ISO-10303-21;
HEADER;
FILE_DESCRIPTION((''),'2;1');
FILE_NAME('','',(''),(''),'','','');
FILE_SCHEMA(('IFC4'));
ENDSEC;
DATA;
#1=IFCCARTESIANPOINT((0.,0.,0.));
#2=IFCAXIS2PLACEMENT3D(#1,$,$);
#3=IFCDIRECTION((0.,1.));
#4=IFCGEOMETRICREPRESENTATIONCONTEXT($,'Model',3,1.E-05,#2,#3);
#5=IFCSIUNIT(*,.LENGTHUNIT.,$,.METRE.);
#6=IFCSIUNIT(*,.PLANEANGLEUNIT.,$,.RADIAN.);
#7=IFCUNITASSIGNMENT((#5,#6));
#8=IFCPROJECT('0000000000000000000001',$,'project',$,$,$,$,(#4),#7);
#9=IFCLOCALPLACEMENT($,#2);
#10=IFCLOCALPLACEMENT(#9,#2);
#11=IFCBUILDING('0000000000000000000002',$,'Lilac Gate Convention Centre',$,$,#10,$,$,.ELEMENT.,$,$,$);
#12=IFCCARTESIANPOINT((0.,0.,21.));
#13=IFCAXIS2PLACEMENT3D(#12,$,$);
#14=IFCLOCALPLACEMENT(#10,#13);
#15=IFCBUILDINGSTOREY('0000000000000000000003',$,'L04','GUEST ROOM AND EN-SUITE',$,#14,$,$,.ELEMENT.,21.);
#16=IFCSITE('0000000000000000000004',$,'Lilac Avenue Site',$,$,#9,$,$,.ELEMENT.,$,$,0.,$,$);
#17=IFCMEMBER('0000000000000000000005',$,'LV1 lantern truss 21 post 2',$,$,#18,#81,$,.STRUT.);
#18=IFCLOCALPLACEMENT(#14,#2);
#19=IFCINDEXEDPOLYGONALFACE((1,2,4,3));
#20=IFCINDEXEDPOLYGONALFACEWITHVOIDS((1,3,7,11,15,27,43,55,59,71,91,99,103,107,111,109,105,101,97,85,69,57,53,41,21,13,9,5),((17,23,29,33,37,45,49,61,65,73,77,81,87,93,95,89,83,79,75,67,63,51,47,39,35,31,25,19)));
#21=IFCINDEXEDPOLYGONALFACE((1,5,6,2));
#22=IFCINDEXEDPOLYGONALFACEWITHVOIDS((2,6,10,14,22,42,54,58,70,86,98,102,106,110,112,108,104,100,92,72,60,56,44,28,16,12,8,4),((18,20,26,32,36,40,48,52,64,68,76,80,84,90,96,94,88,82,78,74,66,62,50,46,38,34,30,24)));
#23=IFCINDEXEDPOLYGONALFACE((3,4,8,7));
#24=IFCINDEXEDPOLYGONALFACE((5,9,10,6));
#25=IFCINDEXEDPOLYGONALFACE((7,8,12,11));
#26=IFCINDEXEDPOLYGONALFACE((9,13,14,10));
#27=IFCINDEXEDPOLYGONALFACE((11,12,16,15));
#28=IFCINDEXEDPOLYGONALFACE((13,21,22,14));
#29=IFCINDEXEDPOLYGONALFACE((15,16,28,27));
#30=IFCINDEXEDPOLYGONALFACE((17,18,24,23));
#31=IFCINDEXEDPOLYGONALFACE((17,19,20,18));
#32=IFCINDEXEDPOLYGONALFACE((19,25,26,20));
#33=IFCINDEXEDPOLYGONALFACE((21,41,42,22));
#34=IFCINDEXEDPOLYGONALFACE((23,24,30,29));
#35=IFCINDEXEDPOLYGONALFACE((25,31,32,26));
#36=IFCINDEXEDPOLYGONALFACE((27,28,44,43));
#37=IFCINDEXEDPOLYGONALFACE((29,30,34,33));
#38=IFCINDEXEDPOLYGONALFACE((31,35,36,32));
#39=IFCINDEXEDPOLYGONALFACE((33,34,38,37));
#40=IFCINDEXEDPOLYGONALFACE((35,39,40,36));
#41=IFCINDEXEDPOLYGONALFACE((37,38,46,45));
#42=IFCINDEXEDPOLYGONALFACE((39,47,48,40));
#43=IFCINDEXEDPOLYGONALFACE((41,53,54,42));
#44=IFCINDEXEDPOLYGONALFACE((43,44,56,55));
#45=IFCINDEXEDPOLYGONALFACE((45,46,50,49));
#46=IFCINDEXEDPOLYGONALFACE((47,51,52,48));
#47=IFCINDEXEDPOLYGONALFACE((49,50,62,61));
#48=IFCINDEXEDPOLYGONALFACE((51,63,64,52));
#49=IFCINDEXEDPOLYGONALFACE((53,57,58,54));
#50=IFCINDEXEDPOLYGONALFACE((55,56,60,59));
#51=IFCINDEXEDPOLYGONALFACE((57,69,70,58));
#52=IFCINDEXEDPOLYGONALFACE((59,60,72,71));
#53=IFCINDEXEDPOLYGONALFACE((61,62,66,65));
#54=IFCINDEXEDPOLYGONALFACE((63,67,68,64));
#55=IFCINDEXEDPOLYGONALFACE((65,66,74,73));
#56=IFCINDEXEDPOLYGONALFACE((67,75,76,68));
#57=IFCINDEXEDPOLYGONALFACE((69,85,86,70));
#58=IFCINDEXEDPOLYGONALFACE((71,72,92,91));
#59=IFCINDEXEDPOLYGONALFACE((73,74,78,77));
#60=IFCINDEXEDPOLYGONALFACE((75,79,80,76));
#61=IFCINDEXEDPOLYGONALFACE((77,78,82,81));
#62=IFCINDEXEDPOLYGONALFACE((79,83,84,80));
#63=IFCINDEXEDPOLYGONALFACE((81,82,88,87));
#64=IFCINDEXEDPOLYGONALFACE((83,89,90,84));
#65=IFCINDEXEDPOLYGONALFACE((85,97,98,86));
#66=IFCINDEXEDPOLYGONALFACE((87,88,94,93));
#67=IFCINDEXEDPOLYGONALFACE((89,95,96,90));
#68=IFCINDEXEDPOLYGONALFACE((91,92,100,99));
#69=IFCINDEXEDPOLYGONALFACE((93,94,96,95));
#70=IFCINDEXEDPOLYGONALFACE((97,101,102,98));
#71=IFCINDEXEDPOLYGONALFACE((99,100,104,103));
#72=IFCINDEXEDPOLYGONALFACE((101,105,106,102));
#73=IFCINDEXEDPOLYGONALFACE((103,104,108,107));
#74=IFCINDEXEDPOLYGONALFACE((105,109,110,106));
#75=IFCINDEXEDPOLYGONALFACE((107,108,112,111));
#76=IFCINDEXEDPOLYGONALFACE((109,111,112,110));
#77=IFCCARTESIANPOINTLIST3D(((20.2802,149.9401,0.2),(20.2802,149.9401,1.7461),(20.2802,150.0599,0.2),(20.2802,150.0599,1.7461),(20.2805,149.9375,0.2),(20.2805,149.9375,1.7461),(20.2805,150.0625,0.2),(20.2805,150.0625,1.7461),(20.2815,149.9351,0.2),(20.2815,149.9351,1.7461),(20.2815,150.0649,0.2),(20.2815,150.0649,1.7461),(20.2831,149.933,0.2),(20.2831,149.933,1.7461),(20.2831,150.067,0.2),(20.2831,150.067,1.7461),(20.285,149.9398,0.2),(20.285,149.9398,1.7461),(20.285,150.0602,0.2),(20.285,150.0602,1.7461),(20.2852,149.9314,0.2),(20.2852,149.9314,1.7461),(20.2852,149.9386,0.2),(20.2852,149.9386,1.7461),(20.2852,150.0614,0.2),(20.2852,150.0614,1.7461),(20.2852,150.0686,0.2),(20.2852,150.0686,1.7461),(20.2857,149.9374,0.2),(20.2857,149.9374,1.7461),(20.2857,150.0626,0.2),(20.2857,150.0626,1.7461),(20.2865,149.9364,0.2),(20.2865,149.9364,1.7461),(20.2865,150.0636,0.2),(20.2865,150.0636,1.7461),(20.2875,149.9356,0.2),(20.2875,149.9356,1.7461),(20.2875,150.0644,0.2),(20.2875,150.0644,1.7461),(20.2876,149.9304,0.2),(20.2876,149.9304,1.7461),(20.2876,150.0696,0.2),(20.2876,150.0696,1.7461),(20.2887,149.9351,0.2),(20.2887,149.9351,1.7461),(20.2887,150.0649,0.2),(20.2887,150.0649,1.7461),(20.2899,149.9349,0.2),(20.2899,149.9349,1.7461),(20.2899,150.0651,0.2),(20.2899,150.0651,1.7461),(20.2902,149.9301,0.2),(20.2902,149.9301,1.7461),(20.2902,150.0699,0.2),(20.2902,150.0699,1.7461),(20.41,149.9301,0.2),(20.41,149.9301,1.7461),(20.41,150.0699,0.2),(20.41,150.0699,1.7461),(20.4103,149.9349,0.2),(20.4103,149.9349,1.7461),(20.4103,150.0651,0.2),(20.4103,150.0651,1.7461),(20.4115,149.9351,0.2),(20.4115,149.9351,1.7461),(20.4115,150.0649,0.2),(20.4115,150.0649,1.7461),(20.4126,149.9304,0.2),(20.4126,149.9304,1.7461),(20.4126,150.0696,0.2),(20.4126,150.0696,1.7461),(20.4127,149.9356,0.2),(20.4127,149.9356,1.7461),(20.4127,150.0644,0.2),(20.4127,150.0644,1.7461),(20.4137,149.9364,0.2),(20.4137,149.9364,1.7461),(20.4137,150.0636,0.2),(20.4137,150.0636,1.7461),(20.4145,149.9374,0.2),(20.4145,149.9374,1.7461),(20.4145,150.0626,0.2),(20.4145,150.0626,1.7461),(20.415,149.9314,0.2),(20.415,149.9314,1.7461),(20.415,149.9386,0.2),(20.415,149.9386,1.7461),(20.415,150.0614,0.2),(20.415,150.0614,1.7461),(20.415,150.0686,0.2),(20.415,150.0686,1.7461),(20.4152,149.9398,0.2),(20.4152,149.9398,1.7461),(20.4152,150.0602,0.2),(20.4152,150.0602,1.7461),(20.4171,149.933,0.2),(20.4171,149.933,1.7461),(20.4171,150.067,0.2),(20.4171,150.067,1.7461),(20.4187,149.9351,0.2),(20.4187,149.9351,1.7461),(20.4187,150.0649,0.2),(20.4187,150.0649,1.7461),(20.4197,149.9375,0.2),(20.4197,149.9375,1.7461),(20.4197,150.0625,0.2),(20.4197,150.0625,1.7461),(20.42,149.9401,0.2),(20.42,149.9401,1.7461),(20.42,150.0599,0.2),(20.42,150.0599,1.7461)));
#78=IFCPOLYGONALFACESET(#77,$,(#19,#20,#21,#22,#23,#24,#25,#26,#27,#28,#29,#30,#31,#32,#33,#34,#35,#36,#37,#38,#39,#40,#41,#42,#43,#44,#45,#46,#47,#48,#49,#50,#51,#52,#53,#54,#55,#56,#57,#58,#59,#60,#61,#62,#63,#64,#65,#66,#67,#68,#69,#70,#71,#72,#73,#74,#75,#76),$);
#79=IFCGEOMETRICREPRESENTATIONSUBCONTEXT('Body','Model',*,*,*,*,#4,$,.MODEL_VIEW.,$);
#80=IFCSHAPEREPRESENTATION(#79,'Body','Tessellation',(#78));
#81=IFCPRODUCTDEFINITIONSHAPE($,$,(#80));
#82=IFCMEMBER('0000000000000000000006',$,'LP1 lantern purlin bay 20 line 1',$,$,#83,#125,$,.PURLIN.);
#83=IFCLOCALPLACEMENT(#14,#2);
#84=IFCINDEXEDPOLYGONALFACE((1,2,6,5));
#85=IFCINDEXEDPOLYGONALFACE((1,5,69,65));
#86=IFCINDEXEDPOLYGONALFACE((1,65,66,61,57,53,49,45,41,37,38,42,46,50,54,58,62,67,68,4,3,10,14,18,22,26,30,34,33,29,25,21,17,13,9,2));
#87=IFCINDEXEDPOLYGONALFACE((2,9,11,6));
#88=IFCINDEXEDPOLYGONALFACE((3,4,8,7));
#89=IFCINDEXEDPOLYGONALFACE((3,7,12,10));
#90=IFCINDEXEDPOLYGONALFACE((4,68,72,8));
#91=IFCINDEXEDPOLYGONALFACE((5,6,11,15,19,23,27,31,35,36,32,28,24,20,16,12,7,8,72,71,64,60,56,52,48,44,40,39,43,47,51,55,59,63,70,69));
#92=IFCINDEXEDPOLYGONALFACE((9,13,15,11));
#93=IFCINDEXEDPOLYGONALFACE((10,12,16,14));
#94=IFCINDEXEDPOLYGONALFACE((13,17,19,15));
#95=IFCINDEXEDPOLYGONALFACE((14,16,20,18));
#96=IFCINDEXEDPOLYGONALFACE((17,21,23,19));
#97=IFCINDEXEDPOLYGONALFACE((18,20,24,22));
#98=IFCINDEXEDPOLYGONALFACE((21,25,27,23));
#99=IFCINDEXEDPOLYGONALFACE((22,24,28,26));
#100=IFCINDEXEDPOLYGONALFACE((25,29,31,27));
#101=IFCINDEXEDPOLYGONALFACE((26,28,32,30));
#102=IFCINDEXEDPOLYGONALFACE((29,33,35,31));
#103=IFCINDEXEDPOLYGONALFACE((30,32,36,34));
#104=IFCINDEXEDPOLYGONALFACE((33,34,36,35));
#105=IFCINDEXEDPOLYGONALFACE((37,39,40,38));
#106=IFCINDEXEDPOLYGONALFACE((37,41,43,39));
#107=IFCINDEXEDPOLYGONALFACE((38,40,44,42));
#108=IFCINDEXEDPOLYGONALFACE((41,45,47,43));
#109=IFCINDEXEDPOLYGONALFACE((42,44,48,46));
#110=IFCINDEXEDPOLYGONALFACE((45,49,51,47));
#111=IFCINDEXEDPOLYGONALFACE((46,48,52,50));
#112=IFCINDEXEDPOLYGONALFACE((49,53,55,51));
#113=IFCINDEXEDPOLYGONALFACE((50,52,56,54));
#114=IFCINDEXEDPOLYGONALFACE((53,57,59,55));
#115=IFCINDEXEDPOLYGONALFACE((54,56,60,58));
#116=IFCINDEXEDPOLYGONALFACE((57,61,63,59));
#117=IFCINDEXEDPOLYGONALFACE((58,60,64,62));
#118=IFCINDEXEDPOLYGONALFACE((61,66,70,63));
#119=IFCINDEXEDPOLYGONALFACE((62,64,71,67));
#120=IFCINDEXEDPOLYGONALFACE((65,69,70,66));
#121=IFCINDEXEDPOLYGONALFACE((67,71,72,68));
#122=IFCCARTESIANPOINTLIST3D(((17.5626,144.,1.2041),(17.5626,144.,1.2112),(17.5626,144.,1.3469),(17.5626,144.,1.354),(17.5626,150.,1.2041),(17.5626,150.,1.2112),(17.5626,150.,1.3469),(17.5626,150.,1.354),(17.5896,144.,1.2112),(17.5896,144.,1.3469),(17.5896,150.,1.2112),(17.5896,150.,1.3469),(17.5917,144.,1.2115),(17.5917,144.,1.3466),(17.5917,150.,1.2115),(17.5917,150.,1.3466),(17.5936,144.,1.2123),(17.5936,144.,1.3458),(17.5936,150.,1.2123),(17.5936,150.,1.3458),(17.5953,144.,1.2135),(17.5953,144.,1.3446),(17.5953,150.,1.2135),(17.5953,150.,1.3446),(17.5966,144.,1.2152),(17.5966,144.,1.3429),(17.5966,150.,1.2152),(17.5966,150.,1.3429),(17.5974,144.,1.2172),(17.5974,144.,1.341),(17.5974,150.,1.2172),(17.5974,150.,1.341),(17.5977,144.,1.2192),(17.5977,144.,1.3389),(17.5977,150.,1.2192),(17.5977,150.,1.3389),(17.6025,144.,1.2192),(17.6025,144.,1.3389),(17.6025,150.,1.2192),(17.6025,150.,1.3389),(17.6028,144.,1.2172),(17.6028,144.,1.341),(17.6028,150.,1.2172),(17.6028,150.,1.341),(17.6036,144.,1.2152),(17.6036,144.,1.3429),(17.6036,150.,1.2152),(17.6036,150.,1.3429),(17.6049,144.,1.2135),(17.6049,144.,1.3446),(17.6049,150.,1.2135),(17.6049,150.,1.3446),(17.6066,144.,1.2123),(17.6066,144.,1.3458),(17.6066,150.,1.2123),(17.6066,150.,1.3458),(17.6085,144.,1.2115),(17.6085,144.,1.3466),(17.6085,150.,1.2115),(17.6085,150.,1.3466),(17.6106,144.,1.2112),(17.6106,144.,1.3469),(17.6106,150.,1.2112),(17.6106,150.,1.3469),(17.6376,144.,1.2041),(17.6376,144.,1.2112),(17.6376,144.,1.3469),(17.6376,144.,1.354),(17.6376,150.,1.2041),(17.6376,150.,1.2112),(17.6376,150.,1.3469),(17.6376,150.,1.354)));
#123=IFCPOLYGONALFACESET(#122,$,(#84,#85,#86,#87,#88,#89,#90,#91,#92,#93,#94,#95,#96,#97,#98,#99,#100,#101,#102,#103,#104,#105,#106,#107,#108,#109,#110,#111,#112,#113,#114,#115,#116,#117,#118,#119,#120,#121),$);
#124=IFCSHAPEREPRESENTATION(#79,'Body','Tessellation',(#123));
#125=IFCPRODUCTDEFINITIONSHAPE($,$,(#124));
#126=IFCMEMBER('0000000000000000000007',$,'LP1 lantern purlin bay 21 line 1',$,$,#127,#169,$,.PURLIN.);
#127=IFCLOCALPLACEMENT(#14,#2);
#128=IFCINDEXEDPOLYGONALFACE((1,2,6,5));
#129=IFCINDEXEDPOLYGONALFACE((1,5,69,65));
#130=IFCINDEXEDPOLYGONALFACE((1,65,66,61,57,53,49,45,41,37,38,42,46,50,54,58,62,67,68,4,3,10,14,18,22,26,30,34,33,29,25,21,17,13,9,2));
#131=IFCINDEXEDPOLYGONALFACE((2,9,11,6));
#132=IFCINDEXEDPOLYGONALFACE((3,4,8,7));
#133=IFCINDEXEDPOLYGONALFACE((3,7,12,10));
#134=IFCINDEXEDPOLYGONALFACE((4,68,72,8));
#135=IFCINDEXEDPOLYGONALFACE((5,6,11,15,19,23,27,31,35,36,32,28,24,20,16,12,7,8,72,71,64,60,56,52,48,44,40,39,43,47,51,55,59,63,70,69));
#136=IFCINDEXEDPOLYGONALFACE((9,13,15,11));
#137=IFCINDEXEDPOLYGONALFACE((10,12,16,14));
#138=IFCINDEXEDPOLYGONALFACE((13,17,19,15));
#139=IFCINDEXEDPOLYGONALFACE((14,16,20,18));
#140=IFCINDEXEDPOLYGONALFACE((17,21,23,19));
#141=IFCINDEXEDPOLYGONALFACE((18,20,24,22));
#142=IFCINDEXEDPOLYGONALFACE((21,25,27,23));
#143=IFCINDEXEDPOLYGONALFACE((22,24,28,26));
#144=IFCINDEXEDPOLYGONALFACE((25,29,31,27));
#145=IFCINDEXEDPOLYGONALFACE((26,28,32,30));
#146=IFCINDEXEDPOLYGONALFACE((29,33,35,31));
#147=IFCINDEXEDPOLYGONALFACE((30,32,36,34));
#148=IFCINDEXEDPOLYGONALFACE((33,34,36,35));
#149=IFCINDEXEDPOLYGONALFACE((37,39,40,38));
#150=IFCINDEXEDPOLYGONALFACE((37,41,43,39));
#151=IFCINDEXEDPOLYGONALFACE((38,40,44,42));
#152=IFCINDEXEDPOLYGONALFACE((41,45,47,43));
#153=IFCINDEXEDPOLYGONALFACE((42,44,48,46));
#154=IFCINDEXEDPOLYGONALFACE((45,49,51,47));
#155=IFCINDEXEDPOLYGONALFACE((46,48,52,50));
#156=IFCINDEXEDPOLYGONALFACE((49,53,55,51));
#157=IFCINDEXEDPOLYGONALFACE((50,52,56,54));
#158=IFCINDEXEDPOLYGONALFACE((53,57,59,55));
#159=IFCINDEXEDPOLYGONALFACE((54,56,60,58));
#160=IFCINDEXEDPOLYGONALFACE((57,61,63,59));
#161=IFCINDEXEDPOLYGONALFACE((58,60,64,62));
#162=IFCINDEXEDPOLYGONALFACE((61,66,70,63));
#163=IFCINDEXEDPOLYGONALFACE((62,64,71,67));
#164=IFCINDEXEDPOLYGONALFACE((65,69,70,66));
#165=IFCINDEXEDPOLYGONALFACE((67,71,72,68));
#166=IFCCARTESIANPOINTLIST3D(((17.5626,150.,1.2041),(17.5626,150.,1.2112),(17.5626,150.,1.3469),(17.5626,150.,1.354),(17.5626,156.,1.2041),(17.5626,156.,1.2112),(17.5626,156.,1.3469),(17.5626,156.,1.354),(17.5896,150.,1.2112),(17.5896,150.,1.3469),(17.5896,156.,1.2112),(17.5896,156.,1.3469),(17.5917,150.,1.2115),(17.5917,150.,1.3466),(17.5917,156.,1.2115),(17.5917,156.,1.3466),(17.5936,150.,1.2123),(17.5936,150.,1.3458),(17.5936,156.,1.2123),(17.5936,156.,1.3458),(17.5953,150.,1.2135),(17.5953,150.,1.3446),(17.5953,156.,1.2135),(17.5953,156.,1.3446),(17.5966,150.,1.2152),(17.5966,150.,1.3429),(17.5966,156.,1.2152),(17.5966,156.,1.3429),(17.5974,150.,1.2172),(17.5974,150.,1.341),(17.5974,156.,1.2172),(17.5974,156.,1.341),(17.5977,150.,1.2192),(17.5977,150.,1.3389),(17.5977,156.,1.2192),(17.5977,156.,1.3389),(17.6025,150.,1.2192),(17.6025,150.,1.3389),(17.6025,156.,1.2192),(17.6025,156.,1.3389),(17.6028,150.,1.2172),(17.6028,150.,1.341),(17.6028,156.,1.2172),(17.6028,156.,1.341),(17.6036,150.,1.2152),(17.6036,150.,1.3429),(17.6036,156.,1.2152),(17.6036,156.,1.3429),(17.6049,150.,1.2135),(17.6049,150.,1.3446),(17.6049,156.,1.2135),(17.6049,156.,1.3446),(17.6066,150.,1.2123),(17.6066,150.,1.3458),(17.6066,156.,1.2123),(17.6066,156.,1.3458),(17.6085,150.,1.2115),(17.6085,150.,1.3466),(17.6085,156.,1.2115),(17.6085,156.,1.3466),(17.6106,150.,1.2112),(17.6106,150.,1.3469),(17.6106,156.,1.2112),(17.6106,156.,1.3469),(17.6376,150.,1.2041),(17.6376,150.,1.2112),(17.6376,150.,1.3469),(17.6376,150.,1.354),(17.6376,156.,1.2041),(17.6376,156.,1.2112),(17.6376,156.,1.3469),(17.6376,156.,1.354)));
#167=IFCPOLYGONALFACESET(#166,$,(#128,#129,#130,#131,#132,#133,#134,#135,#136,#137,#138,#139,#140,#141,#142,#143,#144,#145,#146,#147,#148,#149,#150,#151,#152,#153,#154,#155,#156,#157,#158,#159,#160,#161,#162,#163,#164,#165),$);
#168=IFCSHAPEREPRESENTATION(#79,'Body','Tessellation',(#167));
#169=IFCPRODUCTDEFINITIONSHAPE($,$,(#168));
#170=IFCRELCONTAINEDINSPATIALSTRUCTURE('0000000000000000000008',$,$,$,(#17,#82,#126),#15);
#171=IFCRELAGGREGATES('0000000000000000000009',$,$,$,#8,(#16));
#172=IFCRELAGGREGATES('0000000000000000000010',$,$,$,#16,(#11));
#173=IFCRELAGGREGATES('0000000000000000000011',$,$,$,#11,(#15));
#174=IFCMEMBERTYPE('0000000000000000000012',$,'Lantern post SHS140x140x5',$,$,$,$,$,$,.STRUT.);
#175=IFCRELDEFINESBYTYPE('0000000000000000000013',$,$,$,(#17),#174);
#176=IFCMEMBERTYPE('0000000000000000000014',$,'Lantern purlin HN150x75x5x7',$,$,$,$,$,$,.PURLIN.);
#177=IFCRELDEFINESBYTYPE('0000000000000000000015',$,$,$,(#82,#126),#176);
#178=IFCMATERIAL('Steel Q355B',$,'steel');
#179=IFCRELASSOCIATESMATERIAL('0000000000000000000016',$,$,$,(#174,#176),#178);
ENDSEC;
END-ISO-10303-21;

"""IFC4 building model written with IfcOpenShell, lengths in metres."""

from ifc_helpers import new_model, si_unit, direction, frame, origin, origin_2d, place, context, subcontext, project, spatial, hollow_rectangle, i_section, extrude, material, material_profile, profile_set, type_object, element, save


model = new_model("IFC4")

# Units and contexts
model_context = context("Model", 3, precision=1e-05, world=origin(), true_north=direction((0.0, 1.0)))
body_context = subcontext(model_context, "Body", "Model", "MODEL_VIEW")
ifc_project = project(units=[si_unit("LENGTHUNIT", "METRE"), si_unit("PLANEANGLEUNIT", "RADIAN")], contexts=[model_context])

# Site, building, storey
site_placement = place(None, origin())
site = spatial("IfcSite", under=ifc_project, at=site_placement, Name="Lilac Avenue Site", CompositionType="ELEMENT", RefElevation=0.0)
building_placement = place(site_placement, origin())
building = spatial("IfcBuilding", under=site, at=building_placement, Name="Lilac Gate Convention Centre", CompositionType="ELEMENT")
storey_placement = place(building_placement, frame((0.0, 0.0, 21.0)))
storey = spatial("IfcBuildingStorey", under=building, at=storey_placement, Name="L04", Description="GUEST ROOM AND EN-SUITE", CompositionType="ELEMENT", Elevation=21.0)

# Members
ifc_material_1 = material(Name="Steel Q355B", Category="steel")
ifc_material_profile_1 = material_profile(ifc_material_1, hollow_rectangle(XDim=0.1399, YDim=0.1399, WallThickness=0.0049, InnerFilletRadius=0.0049, OuterFilletRadius=0.01, at=origin_2d()), Name="SHS140x140x5")
ifc_profile_set_1 = profile_set([ifc_material_profile_1], Name="Steel Q355B")
member_type_1 = type_object("IfcMemberType", Name="Lantern post SHS140x140x5", PredefinedType="STRUT", material=ifc_profile_set_1)
member_1_placement = place(storey_placement, frame((20.3501, 150.0, 0.2), z_axis=(0.0, 0.0, 1.0), x_axis=(1.0, 0.0, 0.0)))
element("IfcMember", 1, at=member_1_placement, inside=storey, type_object=member_type_1, Name="LV1 lantern truss 21 post 2", PredefinedType="STRUT", context=body_context, shape_type="SweptSolid", body=[
    extrude(hollow_rectangle(XDim=0.1399, YDim=0.1399, WallThickness=0.0049, InnerFilletRadius=0.0049, OuterFilletRadius=0.01, at=origin_2d()), origin(), (0.0, 0.0, 1.0), 1.5461),
])
ifc_material_profile_2 = material_profile(ifc_material_1, i_section(OverallWidth=0.075, OverallDepth=0.1499, WebThickness=0.0049, FlangeThickness=0.0071, FilletRadius=0.0081, at=origin_2d()), Name="HN150x75x5x7")
ifc_profile_set_2 = profile_set([ifc_material_profile_2], Name="Steel Q355B")
member_type_2 = type_object("IfcMemberType", Name="Lantern purlin HN150x75x5x7", PredefinedType="PURLIN", material=ifc_profile_set_2)
for number, where, z_axis, x_axis, name in (
    (2, (17.6001, 144.0, 1.2791), (0.0, 1.0, 0.0), (-1.0, 0.0, 0.0), "LP1 lantern purlin bay 20 line 1"),
    (3, (17.6001, 150.0, 1.2791), (0.0, 1.0, 0.0), (-1.0, 0.0, 0.0), "LP1 lantern purlin bay 21 line 1"),
):
    element("IfcMember", number, at=place(storey_placement, frame(where, z_axis=z_axis, x_axis=x_axis)), inside=storey, type_object=member_type_2, Name=name, PredefinedType="PURLIN", context=body_context, shape_type="SweptSolid", body=[
        extrude(i_section(OverallWidth=0.075, OverallDepth=0.1499, WebThickness=0.0049, FlangeThickness=0.0071, FilletRadius=0.0081, at=origin_2d()), origin(), (0.0, 0.0, 1.0), 6.0),
    ])

save(model, "model.ifc")
